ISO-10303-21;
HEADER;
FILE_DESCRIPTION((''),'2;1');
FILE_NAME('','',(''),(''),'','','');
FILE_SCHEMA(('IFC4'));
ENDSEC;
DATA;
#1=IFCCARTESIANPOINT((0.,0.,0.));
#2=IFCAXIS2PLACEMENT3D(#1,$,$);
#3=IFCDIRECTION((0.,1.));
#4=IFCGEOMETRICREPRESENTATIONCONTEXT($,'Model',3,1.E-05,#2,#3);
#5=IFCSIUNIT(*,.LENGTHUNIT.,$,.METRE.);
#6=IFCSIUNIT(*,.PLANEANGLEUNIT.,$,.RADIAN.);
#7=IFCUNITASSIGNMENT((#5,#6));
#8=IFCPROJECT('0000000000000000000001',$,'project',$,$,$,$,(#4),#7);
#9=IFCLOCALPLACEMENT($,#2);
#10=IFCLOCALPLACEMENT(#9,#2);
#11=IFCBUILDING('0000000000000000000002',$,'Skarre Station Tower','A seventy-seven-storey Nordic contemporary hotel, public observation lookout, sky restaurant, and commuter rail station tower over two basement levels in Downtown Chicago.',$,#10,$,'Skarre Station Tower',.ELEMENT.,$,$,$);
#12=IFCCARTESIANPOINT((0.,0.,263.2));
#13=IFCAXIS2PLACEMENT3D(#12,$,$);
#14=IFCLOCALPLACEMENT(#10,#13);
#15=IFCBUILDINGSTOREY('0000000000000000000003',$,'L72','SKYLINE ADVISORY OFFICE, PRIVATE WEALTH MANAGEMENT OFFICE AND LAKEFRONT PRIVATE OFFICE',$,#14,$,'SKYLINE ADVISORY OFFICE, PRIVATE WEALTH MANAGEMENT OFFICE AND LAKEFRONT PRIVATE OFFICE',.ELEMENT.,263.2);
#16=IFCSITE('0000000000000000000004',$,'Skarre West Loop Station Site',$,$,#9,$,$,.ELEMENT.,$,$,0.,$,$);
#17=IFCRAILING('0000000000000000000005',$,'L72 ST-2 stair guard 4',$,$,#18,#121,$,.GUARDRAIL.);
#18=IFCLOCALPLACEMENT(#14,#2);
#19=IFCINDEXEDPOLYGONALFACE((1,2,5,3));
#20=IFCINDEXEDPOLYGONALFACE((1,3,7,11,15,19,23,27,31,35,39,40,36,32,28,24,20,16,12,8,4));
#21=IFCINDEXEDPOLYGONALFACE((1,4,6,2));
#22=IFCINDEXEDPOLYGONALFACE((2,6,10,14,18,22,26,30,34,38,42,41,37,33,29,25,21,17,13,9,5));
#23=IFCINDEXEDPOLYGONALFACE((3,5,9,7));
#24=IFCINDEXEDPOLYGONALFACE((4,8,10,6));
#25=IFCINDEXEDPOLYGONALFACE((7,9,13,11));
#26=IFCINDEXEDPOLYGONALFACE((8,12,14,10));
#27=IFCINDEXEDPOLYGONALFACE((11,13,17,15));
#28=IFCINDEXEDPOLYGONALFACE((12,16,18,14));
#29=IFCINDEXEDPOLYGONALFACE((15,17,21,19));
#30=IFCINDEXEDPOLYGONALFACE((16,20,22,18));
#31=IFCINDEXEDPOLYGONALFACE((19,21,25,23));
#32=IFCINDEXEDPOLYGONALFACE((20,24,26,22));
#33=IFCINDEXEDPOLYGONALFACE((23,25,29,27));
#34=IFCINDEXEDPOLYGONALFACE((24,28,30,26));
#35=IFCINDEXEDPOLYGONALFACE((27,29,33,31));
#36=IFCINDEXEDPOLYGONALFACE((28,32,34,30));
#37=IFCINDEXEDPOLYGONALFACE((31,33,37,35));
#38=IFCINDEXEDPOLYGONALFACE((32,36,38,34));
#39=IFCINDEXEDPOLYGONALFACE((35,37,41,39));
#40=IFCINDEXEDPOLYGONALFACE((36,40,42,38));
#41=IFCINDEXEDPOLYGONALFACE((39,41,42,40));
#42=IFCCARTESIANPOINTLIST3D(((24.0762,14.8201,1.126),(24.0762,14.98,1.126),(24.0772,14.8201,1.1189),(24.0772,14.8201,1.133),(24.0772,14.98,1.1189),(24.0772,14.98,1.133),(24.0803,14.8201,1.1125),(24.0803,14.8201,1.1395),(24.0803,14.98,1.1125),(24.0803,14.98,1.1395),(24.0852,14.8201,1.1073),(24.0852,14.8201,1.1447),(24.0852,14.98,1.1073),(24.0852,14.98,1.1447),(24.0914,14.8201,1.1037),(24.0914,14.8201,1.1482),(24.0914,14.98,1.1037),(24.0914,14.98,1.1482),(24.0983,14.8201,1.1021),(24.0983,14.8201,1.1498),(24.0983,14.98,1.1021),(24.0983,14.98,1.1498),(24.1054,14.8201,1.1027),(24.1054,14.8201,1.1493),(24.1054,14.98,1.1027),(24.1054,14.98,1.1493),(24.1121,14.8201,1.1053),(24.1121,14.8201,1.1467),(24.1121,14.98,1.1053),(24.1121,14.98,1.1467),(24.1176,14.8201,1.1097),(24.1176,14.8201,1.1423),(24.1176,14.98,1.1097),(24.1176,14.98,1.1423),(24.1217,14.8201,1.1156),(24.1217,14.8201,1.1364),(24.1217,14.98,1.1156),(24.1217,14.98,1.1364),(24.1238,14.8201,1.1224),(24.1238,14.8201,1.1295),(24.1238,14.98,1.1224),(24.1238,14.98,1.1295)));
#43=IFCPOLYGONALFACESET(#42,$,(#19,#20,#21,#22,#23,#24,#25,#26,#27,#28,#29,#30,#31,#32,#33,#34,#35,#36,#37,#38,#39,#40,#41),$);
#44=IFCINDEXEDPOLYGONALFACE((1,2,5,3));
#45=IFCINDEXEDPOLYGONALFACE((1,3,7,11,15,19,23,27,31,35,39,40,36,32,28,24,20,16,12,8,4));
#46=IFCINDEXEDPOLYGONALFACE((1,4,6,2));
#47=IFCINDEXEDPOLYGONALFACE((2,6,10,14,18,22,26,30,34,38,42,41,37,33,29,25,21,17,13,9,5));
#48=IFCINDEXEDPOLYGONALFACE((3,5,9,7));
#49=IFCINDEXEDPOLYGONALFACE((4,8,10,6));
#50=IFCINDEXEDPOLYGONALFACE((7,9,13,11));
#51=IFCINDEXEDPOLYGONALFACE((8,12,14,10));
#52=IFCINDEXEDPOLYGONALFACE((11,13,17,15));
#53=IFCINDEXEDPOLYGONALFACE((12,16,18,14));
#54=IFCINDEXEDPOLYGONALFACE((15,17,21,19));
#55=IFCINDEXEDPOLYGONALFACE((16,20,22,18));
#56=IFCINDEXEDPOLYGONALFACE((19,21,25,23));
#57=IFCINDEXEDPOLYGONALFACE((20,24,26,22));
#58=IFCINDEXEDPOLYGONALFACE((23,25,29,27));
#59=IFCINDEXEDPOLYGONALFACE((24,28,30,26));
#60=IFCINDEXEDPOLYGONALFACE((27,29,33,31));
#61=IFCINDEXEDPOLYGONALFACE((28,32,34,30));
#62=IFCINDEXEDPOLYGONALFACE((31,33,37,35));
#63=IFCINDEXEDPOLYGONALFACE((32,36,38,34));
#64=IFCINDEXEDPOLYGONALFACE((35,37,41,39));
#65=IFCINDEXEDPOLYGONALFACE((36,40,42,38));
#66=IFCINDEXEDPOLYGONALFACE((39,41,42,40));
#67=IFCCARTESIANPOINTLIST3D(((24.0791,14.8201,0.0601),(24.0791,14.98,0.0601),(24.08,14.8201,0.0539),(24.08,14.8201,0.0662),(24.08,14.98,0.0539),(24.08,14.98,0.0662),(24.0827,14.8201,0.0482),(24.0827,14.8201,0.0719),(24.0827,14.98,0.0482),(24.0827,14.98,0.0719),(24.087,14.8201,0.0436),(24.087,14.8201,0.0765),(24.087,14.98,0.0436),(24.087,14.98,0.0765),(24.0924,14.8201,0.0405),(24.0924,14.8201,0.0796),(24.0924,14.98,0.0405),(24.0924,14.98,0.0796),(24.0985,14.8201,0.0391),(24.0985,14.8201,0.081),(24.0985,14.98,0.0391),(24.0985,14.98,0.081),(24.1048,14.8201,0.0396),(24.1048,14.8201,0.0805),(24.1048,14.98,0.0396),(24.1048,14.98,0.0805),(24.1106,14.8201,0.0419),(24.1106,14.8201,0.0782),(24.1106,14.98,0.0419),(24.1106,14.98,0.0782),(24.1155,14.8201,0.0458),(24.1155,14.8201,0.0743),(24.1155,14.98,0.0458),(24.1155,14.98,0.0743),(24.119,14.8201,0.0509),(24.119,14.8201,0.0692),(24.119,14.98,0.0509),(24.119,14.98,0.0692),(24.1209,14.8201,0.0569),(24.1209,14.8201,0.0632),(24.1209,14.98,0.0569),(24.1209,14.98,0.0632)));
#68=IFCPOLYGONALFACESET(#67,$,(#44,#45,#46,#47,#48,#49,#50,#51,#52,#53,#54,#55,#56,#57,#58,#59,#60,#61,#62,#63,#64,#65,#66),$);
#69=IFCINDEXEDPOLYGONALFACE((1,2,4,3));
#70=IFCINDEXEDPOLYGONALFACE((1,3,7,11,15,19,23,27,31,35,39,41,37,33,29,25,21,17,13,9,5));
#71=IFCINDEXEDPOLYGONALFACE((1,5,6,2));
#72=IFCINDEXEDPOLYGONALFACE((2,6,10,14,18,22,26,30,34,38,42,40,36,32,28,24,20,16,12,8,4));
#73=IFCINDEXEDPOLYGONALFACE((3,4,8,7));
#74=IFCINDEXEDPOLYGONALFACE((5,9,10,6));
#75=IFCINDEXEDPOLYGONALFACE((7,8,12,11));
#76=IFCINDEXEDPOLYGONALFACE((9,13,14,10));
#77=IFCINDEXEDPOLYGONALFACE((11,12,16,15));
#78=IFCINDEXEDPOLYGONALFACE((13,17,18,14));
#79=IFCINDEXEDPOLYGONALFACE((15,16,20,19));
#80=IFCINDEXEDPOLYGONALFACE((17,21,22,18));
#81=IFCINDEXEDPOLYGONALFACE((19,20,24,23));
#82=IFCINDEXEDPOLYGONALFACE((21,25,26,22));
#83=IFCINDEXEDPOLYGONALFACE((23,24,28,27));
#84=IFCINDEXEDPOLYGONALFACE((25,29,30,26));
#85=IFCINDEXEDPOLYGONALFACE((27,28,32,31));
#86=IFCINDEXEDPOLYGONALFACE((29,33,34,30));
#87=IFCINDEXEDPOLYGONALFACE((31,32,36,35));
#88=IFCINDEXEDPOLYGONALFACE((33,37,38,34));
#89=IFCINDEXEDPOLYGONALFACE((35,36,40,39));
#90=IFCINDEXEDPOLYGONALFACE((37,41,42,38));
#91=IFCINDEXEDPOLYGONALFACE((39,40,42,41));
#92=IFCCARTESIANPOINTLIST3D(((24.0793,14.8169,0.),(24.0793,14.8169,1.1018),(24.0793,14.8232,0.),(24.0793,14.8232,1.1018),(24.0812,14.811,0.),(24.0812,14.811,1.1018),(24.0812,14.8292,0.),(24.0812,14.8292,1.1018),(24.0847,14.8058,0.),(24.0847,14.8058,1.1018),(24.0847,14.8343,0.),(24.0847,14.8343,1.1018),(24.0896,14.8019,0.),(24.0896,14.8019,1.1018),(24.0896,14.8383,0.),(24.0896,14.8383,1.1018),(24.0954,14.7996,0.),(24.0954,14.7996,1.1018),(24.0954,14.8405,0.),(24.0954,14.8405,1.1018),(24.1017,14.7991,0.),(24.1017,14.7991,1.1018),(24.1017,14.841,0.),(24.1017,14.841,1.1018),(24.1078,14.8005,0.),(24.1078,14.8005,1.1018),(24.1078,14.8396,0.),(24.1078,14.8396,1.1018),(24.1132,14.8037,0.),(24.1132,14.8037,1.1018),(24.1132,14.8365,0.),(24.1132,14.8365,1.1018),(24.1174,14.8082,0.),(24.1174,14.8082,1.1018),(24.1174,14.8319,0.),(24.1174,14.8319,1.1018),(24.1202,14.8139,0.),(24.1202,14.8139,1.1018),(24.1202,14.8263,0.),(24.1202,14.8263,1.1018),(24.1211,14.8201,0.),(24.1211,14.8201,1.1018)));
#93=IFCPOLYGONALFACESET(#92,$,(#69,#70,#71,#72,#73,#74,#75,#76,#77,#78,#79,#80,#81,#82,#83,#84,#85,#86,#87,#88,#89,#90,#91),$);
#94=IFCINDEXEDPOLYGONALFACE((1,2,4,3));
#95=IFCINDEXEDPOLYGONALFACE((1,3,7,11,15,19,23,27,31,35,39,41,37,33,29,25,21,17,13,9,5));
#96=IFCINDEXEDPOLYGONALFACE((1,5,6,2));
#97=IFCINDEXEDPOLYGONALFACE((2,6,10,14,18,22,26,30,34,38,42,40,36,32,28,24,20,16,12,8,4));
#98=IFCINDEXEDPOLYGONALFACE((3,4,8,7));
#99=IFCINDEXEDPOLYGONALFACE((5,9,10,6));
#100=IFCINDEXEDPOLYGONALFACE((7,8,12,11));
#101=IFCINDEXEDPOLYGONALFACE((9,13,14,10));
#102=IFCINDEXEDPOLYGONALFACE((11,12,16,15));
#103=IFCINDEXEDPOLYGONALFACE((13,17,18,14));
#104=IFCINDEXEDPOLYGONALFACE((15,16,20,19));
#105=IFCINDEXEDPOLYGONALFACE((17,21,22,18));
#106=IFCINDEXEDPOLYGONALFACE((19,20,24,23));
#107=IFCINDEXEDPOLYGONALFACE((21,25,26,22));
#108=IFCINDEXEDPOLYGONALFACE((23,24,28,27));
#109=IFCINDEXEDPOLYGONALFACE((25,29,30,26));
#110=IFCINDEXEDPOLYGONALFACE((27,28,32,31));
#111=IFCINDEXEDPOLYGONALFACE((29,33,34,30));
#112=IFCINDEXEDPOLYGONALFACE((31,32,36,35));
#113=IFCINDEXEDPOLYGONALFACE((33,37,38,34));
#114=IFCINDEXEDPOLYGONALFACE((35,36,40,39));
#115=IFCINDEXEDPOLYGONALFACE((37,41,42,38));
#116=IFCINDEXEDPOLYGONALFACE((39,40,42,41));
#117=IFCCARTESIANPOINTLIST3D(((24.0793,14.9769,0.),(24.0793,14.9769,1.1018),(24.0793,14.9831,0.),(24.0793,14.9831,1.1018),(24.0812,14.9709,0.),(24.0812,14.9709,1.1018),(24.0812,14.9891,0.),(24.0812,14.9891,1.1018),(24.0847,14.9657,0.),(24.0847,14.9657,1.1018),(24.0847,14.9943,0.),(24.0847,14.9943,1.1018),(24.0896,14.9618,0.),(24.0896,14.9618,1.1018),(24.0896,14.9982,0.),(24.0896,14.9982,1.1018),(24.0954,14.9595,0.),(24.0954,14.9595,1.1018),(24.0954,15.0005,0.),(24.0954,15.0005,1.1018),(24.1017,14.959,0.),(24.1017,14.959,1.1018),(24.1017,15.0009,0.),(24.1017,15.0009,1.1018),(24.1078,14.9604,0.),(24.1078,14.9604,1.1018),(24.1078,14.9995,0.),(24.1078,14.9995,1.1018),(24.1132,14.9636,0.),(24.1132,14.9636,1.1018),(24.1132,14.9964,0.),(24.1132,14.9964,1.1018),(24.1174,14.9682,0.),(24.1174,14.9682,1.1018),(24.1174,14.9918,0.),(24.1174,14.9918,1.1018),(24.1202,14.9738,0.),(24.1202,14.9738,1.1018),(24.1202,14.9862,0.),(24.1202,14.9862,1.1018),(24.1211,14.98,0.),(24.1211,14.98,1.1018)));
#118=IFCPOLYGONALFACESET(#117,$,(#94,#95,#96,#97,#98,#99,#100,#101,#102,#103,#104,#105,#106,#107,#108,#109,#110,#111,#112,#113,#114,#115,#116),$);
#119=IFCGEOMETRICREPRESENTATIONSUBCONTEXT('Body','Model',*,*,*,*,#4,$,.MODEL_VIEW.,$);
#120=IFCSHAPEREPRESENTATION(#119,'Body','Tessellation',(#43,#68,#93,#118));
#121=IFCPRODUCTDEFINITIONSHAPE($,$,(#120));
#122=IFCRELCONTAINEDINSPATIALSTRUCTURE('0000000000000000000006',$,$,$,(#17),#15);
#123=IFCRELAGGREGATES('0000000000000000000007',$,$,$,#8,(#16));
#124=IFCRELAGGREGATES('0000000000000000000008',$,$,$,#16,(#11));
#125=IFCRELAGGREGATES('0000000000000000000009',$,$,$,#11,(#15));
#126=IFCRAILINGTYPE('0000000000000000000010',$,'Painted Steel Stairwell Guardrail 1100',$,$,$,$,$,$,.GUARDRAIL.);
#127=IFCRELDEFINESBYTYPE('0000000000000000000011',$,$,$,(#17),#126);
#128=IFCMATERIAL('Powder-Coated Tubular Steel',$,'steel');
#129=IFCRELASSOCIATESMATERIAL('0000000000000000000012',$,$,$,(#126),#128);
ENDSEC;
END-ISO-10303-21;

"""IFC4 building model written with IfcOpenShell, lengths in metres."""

from ifc_helpers import new_model, si_unit, direction, frame, origin, origin_2d, place, context, subcontext, project, spatial, circle, extrude, material, type_object, element, save


model = new_model("IFC4")

# Units and contexts
model_context = context("Model", 3, precision=1e-05, world=origin(), true_north=direction((0.0, 1.0)))
body_context = subcontext(model_context, "Body", "Model", "MODEL_VIEW")
ifc_project = project(units=[si_unit("LENGTHUNIT", "METRE"), si_unit("PLANEANGLEUNIT", "RADIAN")], contexts=[model_context])

# Site, building, storey
site_placement = place(None, origin())
site = spatial("IfcSite", under=ifc_project, at=site_placement, Name="Skarre West Loop Station Site", CompositionType="ELEMENT", RefElevation=0.0)
building_placement = place(site_placement, origin())
building = spatial("IfcBuilding", under=site, at=building_placement, Name="Skarre Station Tower", Description="A seventy-seven-storey Nordic contemporary hotel, public observation lookout, sky restaurant, and commuter rail station tower over two basement levels in Downtown Chicago.", LongName="Skarre Station Tower", CompositionType="ELEMENT")
storey_placement = place(building_placement, frame((0.0, 0.0, 263.2)))
storey = spatial("IfcBuildingStorey", under=building, at=storey_placement, Name="L72", Description="SKYLINE ADVISORY OFFICE, PRIVATE WEALTH MANAGEMENT OFFICE AND LAKEFRONT PRIVATE OFFICE", LongName="SKYLINE ADVISORY OFFICE, PRIVATE WEALTH MANAGEMENT OFFICE AND LAKEFRONT PRIVATE OFFICE", CompositionType="ELEMENT", Elevation=263.2)

# Railing
ifc_material_1 = material(Name="Powder-Coated Tubular Steel", Category="steel")
railing_type_1 = type_object("IfcRailingType", Name="Painted Steel Stairwell Guardrail 1100", PredefinedType="GUARDRAIL", material=ifc_material_1)
railing_1_placement = place(storey_placement, frame((24.1001, 14.8201, 0.0)))
element("IfcRailing", 1, at=railing_1_placement, inside=storey, type_object=railing_type_1, Name="L72 ST-2 stair guard 4", PredefinedType="GUARDRAIL", context=body_context, shape_type="SweptSolid", body=[
    extrude(circle(Radius=0.0239, at=origin_2d()), frame((0.0, 0.0, 1.126), z_axis=(0.0, 1.0, 0.0), x_axis=(-1.0, 0.0, 0.0)), (0.0, 0.0, 1.0), 0.1599),
    extrude(circle(Radius=0.021, at=origin_2d()), frame((0.0, 0.0, 0.0601), z_axis=(0.0, 1.0, 0.0), x_axis=(-1.0, 0.0, 0.0)), (0.0, 0.0, 1.0), 0.1599),
    extrude(circle(Radius=0.021, at=origin_2d()), origin(), (0.0, 0.0, 1.0), 1.1018),
    extrude(circle(Radius=0.021, at=origin_2d()), frame((0.0, 0.1599, 0.0)), (0.0, 0.0, 1.0), 1.1018),
])

save(model, "model.ifc")
